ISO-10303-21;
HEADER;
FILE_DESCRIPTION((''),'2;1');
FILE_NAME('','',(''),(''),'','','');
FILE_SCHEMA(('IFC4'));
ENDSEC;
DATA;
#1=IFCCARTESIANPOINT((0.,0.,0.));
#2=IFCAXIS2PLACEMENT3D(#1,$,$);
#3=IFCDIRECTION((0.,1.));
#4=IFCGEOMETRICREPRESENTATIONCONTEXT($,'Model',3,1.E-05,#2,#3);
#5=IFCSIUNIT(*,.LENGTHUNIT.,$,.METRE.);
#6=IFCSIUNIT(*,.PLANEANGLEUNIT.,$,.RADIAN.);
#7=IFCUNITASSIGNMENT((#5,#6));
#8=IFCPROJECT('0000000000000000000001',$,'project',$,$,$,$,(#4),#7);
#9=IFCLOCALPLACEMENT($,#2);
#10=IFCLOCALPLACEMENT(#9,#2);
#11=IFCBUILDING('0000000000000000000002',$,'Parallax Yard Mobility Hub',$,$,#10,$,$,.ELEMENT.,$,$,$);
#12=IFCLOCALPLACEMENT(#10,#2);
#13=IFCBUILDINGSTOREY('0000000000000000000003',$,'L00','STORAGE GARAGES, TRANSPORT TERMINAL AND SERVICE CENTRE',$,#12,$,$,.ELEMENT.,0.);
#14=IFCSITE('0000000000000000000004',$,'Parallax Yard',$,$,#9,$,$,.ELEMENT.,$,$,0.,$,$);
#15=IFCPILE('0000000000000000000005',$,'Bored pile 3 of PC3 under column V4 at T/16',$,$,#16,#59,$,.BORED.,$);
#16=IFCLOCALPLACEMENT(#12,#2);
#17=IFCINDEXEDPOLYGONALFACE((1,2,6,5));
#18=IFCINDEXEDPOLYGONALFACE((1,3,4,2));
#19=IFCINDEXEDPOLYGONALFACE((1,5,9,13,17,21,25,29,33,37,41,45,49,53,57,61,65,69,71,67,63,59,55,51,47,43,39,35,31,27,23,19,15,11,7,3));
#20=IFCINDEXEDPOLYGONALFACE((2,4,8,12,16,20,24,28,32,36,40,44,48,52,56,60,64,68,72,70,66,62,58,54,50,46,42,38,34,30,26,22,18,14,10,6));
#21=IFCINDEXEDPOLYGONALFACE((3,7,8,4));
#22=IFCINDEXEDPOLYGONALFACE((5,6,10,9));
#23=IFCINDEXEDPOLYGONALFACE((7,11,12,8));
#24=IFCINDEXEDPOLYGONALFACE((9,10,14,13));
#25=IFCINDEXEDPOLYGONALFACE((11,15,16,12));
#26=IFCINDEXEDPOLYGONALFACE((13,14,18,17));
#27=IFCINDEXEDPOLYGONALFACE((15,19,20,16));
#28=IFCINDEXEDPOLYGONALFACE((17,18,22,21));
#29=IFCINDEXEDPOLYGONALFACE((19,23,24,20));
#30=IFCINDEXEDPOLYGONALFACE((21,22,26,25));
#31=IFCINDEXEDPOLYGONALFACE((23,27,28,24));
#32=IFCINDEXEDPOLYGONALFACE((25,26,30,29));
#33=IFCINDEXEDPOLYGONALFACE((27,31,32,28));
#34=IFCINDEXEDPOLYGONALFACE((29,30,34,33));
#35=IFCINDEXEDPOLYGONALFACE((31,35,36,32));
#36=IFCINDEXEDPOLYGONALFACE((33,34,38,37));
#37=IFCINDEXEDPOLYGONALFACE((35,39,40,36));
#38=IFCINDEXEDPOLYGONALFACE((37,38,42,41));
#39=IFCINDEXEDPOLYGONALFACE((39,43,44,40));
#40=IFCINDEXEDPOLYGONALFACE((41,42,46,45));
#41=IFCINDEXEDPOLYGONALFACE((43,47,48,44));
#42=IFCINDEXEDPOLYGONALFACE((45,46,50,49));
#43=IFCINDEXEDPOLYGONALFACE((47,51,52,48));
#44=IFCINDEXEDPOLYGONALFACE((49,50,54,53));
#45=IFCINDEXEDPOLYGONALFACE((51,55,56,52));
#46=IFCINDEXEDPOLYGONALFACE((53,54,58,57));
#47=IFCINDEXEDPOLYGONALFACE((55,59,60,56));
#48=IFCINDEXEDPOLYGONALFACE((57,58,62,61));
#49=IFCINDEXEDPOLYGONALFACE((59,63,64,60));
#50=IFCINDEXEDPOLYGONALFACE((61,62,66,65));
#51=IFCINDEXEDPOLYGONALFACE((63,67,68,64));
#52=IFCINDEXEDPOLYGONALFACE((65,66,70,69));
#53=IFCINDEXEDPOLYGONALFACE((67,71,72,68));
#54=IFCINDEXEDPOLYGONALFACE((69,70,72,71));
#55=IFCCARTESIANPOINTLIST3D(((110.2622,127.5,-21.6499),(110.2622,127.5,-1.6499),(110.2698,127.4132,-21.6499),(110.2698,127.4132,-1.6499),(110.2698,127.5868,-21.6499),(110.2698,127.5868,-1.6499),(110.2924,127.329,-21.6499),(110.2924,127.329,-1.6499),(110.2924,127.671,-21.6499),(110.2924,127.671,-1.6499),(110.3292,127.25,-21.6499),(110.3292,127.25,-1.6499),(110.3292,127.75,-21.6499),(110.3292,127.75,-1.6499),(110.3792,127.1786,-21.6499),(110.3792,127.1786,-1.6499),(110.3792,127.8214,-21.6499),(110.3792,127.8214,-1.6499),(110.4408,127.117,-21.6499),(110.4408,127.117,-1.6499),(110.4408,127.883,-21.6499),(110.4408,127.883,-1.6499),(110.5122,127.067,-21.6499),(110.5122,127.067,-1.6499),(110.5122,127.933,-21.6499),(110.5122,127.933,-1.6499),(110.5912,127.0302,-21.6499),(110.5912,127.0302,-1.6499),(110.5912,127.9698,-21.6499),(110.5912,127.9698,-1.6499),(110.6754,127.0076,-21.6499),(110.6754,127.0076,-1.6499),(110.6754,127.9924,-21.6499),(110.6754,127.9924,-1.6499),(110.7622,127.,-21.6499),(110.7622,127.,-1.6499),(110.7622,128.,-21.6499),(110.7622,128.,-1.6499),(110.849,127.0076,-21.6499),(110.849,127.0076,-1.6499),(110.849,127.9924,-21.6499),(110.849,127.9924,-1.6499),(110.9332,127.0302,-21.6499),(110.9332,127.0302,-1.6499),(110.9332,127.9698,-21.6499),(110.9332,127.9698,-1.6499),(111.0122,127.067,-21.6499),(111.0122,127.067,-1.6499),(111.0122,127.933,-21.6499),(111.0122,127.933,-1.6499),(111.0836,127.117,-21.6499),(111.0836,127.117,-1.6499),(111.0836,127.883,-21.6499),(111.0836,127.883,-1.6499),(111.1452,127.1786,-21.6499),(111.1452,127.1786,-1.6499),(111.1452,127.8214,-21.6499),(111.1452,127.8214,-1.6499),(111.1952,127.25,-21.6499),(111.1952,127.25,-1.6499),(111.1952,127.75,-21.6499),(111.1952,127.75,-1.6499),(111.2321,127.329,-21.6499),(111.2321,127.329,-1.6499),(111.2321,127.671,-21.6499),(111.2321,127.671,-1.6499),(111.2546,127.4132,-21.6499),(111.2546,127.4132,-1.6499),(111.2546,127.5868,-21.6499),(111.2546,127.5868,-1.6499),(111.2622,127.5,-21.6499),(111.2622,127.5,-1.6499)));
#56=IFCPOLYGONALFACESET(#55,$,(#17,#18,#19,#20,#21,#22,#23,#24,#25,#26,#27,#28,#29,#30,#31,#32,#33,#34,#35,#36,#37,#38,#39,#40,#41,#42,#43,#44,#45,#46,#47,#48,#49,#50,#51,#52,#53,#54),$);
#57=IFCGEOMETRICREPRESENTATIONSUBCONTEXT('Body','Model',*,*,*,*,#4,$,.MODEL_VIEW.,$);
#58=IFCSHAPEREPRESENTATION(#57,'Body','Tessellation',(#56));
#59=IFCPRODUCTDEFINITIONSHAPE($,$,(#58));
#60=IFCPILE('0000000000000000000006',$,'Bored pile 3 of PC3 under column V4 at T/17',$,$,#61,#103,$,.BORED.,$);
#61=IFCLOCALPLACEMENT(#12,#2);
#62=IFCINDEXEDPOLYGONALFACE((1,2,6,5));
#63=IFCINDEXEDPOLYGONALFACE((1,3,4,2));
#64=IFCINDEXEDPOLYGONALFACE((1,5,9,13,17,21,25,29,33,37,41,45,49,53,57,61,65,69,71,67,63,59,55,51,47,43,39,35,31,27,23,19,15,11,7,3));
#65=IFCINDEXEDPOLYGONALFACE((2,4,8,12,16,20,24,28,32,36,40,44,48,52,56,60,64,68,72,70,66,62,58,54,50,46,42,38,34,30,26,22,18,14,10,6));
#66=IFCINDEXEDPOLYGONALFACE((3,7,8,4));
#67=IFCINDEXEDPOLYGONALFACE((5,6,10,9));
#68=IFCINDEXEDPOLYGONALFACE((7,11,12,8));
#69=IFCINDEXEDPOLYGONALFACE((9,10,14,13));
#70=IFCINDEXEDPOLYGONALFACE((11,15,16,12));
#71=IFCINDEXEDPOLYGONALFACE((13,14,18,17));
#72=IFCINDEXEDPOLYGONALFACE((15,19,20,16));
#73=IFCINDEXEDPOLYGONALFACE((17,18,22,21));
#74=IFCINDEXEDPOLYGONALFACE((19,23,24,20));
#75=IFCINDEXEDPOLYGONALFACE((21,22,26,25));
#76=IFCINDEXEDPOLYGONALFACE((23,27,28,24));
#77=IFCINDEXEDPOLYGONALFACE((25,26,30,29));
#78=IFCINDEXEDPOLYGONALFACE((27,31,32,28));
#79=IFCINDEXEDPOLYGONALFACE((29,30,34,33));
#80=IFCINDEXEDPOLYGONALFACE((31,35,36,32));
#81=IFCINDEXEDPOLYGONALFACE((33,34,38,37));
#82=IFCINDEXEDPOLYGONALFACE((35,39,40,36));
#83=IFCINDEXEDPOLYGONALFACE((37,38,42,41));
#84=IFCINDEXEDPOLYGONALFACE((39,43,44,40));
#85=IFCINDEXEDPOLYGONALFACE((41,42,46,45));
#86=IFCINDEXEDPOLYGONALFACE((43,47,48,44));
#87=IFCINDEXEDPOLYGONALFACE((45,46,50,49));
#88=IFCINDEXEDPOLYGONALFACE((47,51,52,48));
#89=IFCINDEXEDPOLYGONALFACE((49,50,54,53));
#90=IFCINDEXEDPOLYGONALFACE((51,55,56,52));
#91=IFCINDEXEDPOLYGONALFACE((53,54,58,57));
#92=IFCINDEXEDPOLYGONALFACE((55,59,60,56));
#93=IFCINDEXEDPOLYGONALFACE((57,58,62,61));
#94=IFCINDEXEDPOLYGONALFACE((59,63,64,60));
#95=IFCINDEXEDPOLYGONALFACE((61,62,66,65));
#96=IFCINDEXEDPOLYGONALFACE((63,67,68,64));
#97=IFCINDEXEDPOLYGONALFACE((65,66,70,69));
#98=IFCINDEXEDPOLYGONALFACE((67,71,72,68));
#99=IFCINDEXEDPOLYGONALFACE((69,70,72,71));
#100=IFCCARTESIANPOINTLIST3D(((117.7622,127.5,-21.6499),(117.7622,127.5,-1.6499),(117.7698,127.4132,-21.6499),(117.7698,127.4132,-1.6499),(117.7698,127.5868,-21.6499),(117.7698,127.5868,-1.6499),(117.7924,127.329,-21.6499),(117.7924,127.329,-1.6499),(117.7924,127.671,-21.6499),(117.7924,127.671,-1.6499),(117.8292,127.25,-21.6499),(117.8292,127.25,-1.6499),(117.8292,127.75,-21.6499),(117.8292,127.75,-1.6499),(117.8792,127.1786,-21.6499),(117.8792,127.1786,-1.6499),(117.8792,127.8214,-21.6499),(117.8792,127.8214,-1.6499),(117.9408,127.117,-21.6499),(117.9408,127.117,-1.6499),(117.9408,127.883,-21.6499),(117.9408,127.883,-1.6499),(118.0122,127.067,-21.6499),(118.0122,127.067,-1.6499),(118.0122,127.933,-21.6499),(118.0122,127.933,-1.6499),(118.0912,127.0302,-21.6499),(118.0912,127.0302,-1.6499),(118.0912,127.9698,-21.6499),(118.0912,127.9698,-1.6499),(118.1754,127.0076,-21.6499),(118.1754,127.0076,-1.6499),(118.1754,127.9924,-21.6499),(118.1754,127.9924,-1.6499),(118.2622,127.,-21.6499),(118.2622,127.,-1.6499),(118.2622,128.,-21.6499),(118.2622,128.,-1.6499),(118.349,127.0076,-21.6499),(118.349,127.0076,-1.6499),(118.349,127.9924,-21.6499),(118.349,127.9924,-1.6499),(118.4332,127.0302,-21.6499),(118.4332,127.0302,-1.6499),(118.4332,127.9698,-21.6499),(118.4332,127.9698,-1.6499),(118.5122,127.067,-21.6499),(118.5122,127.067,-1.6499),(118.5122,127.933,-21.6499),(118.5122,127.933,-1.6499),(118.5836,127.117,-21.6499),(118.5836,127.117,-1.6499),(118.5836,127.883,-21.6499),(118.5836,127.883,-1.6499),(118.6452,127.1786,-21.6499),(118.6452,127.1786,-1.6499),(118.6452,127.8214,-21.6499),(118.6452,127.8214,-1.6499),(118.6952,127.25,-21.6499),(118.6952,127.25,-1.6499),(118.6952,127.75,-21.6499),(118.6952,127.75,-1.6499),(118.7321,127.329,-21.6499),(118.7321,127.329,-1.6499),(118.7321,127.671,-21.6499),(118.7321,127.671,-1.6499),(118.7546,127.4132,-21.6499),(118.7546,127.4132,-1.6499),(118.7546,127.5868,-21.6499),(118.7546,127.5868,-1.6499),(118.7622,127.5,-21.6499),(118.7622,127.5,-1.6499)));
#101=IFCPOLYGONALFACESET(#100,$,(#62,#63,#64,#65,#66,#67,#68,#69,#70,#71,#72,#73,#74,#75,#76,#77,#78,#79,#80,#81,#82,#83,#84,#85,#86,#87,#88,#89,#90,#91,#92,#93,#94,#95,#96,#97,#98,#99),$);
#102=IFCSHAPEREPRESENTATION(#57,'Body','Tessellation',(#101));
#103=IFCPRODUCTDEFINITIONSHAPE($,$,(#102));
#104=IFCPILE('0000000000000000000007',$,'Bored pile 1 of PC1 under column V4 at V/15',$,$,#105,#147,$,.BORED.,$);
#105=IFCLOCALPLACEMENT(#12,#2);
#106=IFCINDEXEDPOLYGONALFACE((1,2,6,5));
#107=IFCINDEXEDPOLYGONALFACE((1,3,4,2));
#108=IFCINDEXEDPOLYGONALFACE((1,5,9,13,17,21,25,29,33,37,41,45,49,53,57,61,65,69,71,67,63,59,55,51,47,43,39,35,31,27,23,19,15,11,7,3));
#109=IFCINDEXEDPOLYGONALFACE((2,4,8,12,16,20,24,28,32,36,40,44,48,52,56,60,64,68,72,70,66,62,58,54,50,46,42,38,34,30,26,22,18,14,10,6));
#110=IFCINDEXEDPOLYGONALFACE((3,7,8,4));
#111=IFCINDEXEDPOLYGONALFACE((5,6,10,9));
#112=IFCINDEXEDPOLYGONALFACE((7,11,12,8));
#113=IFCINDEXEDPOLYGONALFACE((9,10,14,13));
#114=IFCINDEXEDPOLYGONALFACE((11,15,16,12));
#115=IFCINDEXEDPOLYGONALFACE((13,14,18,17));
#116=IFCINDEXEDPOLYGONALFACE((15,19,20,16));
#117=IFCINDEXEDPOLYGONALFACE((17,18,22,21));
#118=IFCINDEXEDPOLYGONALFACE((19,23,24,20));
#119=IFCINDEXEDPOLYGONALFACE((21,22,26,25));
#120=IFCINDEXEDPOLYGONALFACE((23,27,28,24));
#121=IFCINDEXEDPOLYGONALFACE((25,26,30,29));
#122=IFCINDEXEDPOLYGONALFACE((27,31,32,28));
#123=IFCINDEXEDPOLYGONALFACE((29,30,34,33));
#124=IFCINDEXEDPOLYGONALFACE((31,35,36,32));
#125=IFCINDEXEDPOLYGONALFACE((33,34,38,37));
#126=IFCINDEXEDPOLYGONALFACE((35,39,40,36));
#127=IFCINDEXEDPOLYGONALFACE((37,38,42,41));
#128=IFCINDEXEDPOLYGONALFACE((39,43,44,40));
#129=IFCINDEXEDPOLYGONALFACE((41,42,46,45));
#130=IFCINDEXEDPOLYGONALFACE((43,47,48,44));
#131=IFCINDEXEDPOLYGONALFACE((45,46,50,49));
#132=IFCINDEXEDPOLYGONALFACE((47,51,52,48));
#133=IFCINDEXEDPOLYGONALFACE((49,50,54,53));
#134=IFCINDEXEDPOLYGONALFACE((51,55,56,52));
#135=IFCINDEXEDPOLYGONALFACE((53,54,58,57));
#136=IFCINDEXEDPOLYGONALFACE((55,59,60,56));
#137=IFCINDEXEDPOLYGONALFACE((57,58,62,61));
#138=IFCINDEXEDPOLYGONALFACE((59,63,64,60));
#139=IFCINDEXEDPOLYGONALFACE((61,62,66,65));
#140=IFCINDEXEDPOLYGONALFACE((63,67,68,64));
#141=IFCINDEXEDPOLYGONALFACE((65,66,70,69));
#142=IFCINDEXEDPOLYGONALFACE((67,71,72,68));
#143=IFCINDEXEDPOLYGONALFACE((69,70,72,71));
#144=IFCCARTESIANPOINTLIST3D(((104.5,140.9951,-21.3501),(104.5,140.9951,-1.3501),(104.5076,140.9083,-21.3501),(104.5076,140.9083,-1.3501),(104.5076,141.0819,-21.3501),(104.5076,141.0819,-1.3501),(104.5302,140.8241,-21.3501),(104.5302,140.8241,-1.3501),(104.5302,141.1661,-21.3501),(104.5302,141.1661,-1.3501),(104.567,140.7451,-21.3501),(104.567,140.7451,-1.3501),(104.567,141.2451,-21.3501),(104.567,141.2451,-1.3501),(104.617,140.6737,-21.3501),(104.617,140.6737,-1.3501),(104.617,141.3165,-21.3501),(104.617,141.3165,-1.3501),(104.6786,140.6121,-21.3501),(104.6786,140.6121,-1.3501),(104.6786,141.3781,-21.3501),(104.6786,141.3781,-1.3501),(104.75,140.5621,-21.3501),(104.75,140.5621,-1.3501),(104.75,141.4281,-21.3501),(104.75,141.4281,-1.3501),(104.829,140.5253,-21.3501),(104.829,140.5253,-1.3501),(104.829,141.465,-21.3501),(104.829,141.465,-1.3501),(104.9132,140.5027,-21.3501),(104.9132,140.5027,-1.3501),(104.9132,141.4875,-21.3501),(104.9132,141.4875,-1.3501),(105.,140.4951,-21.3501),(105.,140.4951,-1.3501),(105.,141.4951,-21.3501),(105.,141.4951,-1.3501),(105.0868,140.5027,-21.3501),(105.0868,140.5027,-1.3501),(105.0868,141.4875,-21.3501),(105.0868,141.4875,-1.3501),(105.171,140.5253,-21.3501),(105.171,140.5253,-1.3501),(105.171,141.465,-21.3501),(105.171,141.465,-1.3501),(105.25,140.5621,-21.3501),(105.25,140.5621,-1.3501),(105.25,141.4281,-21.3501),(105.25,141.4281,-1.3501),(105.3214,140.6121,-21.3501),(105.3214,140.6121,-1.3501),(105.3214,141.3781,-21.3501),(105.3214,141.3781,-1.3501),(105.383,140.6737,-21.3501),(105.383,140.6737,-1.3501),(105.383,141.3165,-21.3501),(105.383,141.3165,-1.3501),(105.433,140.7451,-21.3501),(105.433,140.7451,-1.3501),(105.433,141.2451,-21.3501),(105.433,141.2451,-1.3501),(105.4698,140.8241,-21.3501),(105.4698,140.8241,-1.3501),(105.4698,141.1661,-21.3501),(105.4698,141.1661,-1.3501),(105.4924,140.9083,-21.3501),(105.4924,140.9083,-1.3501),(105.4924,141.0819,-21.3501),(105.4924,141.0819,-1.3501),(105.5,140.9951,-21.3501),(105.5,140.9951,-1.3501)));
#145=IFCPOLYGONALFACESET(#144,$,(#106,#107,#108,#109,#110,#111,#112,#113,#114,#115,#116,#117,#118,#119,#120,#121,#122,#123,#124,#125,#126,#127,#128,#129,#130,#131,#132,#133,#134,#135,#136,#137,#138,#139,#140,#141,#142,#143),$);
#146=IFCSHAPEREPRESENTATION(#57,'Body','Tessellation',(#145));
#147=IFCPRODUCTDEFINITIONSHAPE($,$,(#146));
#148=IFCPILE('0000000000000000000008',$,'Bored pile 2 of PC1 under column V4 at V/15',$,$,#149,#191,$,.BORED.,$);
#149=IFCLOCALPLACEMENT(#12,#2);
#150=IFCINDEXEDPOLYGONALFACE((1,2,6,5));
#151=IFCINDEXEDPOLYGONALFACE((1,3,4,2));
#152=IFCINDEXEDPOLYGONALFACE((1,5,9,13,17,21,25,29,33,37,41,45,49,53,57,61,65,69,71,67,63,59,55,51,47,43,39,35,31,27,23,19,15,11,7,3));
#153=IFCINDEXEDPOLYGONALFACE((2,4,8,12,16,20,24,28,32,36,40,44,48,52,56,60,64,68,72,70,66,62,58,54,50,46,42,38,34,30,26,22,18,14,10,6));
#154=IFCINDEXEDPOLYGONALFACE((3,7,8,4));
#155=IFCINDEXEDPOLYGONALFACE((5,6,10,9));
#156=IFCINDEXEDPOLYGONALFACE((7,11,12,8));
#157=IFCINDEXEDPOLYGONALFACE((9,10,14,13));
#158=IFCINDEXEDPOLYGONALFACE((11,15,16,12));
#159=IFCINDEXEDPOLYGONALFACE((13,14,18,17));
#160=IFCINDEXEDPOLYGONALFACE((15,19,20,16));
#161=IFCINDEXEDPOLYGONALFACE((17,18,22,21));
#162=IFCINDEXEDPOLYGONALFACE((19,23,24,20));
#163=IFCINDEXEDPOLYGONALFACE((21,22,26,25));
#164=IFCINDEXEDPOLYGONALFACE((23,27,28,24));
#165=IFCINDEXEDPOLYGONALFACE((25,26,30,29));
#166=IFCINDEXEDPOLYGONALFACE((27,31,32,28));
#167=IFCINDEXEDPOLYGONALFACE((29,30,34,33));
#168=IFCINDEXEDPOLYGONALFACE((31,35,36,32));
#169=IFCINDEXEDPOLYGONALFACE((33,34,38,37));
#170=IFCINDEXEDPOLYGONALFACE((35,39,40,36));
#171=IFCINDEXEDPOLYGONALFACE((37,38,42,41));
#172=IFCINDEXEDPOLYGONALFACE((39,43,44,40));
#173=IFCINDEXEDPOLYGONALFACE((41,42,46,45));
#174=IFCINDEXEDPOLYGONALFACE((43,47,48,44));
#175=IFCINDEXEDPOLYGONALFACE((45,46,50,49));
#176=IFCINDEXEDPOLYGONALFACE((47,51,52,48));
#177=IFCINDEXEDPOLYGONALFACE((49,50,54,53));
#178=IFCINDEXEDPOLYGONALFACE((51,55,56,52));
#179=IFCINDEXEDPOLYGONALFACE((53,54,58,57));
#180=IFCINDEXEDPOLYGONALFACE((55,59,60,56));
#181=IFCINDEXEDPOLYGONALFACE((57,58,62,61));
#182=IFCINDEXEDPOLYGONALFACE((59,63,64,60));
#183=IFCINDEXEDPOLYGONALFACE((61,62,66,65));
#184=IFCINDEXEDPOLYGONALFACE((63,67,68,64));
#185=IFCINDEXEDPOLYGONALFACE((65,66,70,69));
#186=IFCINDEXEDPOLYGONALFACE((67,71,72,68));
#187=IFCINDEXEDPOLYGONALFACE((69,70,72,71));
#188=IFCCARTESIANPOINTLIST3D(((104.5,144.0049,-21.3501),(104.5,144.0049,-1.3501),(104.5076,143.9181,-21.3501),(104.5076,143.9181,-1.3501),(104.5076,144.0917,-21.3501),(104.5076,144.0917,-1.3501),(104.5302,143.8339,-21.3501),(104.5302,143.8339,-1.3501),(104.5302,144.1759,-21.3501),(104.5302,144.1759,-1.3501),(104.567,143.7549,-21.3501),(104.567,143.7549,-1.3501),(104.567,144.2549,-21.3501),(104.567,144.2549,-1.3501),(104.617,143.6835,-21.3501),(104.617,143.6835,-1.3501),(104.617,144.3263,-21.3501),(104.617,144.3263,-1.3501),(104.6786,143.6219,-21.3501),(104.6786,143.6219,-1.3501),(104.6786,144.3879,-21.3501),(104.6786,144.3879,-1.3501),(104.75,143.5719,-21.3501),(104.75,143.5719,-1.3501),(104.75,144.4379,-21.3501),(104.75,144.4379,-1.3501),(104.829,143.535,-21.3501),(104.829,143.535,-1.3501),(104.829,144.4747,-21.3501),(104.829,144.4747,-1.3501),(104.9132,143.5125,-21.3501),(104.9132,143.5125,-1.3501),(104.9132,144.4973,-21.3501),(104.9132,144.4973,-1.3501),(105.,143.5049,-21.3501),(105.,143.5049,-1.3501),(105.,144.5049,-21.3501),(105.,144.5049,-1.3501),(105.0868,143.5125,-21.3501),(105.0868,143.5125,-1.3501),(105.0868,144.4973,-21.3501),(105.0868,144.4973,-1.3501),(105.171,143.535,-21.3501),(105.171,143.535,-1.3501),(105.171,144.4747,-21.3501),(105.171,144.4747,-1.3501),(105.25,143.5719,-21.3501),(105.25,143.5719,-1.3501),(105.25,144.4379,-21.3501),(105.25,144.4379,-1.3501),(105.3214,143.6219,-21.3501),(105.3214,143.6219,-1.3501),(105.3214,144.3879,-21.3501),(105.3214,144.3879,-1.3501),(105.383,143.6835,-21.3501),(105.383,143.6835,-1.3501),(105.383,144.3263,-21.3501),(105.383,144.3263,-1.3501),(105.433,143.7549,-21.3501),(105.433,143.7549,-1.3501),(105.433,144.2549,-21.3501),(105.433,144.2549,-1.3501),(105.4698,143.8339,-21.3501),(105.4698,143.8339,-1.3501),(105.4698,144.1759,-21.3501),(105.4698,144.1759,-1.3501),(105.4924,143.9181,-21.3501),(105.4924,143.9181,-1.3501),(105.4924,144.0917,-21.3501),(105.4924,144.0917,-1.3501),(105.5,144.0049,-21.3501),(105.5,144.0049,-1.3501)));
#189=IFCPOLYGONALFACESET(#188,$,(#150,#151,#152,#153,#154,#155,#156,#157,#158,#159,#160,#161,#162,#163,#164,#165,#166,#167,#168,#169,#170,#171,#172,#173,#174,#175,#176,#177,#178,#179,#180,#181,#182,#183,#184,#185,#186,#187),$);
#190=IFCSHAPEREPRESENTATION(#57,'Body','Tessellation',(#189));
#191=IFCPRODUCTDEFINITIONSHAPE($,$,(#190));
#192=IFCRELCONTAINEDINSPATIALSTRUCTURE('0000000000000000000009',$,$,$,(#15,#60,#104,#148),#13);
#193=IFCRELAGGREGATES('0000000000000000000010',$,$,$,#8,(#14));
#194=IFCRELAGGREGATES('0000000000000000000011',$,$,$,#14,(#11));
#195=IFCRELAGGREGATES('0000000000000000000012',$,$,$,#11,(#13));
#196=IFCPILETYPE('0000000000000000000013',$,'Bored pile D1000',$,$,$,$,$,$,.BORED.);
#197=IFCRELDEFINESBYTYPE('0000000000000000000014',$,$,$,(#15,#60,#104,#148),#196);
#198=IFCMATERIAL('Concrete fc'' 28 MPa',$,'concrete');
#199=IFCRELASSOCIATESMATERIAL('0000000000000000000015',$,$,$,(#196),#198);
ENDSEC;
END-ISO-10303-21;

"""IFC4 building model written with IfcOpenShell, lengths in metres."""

from ifc_helpers import new_model, si_unit, direction, frame, origin, origin_2d, place, context, subcontext, project, spatial, circle, extrude, material, material_profile, profile_set, type_object, element, save


model = new_model("IFC4")

# Units and contexts
model_context = context("Model", 3, precision=1e-05, world=origin(), true_north=direction((0.0, 1.0)))
body_context = subcontext(model_context, "Body", "Model", "MODEL_VIEW")
ifc_project = project(units=[si_unit("LENGTHUNIT", "METRE"), si_unit("PLANEANGLEUNIT", "RADIAN")], contexts=[model_context])

# Site, building, storey
site_placement = place(None, origin())
site = spatial("IfcSite", under=ifc_project, at=site_placement, Name="Parallax Yard", CompositionType="ELEMENT", RefElevation=0.0)
building_placement = place(site_placement, origin())
building = spatial("IfcBuilding", under=site, at=building_placement, Name="Parallax Yard Mobility Hub", CompositionType="ELEMENT")
storey_placement = place(building_placement, origin())
storey = spatial("IfcBuildingStorey", under=building, at=storey_placement, Name="L00", Description="STORAGE GARAGES, TRANSPORT TERMINAL AND SERVICE CENTRE", CompositionType="ELEMENT", Elevation=0.0)

# Piles
ifc_material_1 = material(Name="Concrete fc' 28 MPa", Category="concrete")
ifc_material_profile_1 = material_profile(ifc_material_1, circle(Radius=0.5, at=origin_2d()), Name="Bored pile D1000")
ifc_profile_set_1 = profile_set([ifc_material_profile_1], Name="Concrete fc' 28 MPa")
pile_type = type_object("IfcPileType", Name="Bored pile D1000", PredefinedType="BORED", material=ifc_profile_set_1)
for number, where, z_axis, x_axis, name in (
    (1, (110.7622, 127.5, -1.6499), (0.0, 0.0, -1.0), (1.0, 0.0, 0.0), "Bored pile 3 of PC3 under column V4 at T/16"),
    (2, (118.2622, 127.5, -1.6499), (0.0, 0.0, -1.0), (1.0, 0.0, 0.0), "Bored pile 3 of PC3 under column V4 at T/17"),
    (3, (105.0, 140.9951, -1.3501), (0.0, 0.0, -1.0), (1.0, 0.0, 0.0), "Bored pile 1 of PC1 under column V4 at V/15"),
    (4, (105.0, 144.0049, -1.3501), (0.0, 0.0, -1.0), (1.0, 0.0, 0.0), "Bored pile 2 of PC1 under column V4 at V/15"),
):
    element("IfcPile", number, at=place(storey_placement, frame(where, z_axis=z_axis, x_axis=x_axis)), inside=storey, type_object=pile_type, Name=name, PredefinedType="BORED", context=body_context, shape_type="SweptSolid", body=[
        extrude(circle(Radius=0.5, at=origin_2d()), origin(), (0.0, 0.0, 1.0), 20.0),
    ])

save(model, "model.ifc")
